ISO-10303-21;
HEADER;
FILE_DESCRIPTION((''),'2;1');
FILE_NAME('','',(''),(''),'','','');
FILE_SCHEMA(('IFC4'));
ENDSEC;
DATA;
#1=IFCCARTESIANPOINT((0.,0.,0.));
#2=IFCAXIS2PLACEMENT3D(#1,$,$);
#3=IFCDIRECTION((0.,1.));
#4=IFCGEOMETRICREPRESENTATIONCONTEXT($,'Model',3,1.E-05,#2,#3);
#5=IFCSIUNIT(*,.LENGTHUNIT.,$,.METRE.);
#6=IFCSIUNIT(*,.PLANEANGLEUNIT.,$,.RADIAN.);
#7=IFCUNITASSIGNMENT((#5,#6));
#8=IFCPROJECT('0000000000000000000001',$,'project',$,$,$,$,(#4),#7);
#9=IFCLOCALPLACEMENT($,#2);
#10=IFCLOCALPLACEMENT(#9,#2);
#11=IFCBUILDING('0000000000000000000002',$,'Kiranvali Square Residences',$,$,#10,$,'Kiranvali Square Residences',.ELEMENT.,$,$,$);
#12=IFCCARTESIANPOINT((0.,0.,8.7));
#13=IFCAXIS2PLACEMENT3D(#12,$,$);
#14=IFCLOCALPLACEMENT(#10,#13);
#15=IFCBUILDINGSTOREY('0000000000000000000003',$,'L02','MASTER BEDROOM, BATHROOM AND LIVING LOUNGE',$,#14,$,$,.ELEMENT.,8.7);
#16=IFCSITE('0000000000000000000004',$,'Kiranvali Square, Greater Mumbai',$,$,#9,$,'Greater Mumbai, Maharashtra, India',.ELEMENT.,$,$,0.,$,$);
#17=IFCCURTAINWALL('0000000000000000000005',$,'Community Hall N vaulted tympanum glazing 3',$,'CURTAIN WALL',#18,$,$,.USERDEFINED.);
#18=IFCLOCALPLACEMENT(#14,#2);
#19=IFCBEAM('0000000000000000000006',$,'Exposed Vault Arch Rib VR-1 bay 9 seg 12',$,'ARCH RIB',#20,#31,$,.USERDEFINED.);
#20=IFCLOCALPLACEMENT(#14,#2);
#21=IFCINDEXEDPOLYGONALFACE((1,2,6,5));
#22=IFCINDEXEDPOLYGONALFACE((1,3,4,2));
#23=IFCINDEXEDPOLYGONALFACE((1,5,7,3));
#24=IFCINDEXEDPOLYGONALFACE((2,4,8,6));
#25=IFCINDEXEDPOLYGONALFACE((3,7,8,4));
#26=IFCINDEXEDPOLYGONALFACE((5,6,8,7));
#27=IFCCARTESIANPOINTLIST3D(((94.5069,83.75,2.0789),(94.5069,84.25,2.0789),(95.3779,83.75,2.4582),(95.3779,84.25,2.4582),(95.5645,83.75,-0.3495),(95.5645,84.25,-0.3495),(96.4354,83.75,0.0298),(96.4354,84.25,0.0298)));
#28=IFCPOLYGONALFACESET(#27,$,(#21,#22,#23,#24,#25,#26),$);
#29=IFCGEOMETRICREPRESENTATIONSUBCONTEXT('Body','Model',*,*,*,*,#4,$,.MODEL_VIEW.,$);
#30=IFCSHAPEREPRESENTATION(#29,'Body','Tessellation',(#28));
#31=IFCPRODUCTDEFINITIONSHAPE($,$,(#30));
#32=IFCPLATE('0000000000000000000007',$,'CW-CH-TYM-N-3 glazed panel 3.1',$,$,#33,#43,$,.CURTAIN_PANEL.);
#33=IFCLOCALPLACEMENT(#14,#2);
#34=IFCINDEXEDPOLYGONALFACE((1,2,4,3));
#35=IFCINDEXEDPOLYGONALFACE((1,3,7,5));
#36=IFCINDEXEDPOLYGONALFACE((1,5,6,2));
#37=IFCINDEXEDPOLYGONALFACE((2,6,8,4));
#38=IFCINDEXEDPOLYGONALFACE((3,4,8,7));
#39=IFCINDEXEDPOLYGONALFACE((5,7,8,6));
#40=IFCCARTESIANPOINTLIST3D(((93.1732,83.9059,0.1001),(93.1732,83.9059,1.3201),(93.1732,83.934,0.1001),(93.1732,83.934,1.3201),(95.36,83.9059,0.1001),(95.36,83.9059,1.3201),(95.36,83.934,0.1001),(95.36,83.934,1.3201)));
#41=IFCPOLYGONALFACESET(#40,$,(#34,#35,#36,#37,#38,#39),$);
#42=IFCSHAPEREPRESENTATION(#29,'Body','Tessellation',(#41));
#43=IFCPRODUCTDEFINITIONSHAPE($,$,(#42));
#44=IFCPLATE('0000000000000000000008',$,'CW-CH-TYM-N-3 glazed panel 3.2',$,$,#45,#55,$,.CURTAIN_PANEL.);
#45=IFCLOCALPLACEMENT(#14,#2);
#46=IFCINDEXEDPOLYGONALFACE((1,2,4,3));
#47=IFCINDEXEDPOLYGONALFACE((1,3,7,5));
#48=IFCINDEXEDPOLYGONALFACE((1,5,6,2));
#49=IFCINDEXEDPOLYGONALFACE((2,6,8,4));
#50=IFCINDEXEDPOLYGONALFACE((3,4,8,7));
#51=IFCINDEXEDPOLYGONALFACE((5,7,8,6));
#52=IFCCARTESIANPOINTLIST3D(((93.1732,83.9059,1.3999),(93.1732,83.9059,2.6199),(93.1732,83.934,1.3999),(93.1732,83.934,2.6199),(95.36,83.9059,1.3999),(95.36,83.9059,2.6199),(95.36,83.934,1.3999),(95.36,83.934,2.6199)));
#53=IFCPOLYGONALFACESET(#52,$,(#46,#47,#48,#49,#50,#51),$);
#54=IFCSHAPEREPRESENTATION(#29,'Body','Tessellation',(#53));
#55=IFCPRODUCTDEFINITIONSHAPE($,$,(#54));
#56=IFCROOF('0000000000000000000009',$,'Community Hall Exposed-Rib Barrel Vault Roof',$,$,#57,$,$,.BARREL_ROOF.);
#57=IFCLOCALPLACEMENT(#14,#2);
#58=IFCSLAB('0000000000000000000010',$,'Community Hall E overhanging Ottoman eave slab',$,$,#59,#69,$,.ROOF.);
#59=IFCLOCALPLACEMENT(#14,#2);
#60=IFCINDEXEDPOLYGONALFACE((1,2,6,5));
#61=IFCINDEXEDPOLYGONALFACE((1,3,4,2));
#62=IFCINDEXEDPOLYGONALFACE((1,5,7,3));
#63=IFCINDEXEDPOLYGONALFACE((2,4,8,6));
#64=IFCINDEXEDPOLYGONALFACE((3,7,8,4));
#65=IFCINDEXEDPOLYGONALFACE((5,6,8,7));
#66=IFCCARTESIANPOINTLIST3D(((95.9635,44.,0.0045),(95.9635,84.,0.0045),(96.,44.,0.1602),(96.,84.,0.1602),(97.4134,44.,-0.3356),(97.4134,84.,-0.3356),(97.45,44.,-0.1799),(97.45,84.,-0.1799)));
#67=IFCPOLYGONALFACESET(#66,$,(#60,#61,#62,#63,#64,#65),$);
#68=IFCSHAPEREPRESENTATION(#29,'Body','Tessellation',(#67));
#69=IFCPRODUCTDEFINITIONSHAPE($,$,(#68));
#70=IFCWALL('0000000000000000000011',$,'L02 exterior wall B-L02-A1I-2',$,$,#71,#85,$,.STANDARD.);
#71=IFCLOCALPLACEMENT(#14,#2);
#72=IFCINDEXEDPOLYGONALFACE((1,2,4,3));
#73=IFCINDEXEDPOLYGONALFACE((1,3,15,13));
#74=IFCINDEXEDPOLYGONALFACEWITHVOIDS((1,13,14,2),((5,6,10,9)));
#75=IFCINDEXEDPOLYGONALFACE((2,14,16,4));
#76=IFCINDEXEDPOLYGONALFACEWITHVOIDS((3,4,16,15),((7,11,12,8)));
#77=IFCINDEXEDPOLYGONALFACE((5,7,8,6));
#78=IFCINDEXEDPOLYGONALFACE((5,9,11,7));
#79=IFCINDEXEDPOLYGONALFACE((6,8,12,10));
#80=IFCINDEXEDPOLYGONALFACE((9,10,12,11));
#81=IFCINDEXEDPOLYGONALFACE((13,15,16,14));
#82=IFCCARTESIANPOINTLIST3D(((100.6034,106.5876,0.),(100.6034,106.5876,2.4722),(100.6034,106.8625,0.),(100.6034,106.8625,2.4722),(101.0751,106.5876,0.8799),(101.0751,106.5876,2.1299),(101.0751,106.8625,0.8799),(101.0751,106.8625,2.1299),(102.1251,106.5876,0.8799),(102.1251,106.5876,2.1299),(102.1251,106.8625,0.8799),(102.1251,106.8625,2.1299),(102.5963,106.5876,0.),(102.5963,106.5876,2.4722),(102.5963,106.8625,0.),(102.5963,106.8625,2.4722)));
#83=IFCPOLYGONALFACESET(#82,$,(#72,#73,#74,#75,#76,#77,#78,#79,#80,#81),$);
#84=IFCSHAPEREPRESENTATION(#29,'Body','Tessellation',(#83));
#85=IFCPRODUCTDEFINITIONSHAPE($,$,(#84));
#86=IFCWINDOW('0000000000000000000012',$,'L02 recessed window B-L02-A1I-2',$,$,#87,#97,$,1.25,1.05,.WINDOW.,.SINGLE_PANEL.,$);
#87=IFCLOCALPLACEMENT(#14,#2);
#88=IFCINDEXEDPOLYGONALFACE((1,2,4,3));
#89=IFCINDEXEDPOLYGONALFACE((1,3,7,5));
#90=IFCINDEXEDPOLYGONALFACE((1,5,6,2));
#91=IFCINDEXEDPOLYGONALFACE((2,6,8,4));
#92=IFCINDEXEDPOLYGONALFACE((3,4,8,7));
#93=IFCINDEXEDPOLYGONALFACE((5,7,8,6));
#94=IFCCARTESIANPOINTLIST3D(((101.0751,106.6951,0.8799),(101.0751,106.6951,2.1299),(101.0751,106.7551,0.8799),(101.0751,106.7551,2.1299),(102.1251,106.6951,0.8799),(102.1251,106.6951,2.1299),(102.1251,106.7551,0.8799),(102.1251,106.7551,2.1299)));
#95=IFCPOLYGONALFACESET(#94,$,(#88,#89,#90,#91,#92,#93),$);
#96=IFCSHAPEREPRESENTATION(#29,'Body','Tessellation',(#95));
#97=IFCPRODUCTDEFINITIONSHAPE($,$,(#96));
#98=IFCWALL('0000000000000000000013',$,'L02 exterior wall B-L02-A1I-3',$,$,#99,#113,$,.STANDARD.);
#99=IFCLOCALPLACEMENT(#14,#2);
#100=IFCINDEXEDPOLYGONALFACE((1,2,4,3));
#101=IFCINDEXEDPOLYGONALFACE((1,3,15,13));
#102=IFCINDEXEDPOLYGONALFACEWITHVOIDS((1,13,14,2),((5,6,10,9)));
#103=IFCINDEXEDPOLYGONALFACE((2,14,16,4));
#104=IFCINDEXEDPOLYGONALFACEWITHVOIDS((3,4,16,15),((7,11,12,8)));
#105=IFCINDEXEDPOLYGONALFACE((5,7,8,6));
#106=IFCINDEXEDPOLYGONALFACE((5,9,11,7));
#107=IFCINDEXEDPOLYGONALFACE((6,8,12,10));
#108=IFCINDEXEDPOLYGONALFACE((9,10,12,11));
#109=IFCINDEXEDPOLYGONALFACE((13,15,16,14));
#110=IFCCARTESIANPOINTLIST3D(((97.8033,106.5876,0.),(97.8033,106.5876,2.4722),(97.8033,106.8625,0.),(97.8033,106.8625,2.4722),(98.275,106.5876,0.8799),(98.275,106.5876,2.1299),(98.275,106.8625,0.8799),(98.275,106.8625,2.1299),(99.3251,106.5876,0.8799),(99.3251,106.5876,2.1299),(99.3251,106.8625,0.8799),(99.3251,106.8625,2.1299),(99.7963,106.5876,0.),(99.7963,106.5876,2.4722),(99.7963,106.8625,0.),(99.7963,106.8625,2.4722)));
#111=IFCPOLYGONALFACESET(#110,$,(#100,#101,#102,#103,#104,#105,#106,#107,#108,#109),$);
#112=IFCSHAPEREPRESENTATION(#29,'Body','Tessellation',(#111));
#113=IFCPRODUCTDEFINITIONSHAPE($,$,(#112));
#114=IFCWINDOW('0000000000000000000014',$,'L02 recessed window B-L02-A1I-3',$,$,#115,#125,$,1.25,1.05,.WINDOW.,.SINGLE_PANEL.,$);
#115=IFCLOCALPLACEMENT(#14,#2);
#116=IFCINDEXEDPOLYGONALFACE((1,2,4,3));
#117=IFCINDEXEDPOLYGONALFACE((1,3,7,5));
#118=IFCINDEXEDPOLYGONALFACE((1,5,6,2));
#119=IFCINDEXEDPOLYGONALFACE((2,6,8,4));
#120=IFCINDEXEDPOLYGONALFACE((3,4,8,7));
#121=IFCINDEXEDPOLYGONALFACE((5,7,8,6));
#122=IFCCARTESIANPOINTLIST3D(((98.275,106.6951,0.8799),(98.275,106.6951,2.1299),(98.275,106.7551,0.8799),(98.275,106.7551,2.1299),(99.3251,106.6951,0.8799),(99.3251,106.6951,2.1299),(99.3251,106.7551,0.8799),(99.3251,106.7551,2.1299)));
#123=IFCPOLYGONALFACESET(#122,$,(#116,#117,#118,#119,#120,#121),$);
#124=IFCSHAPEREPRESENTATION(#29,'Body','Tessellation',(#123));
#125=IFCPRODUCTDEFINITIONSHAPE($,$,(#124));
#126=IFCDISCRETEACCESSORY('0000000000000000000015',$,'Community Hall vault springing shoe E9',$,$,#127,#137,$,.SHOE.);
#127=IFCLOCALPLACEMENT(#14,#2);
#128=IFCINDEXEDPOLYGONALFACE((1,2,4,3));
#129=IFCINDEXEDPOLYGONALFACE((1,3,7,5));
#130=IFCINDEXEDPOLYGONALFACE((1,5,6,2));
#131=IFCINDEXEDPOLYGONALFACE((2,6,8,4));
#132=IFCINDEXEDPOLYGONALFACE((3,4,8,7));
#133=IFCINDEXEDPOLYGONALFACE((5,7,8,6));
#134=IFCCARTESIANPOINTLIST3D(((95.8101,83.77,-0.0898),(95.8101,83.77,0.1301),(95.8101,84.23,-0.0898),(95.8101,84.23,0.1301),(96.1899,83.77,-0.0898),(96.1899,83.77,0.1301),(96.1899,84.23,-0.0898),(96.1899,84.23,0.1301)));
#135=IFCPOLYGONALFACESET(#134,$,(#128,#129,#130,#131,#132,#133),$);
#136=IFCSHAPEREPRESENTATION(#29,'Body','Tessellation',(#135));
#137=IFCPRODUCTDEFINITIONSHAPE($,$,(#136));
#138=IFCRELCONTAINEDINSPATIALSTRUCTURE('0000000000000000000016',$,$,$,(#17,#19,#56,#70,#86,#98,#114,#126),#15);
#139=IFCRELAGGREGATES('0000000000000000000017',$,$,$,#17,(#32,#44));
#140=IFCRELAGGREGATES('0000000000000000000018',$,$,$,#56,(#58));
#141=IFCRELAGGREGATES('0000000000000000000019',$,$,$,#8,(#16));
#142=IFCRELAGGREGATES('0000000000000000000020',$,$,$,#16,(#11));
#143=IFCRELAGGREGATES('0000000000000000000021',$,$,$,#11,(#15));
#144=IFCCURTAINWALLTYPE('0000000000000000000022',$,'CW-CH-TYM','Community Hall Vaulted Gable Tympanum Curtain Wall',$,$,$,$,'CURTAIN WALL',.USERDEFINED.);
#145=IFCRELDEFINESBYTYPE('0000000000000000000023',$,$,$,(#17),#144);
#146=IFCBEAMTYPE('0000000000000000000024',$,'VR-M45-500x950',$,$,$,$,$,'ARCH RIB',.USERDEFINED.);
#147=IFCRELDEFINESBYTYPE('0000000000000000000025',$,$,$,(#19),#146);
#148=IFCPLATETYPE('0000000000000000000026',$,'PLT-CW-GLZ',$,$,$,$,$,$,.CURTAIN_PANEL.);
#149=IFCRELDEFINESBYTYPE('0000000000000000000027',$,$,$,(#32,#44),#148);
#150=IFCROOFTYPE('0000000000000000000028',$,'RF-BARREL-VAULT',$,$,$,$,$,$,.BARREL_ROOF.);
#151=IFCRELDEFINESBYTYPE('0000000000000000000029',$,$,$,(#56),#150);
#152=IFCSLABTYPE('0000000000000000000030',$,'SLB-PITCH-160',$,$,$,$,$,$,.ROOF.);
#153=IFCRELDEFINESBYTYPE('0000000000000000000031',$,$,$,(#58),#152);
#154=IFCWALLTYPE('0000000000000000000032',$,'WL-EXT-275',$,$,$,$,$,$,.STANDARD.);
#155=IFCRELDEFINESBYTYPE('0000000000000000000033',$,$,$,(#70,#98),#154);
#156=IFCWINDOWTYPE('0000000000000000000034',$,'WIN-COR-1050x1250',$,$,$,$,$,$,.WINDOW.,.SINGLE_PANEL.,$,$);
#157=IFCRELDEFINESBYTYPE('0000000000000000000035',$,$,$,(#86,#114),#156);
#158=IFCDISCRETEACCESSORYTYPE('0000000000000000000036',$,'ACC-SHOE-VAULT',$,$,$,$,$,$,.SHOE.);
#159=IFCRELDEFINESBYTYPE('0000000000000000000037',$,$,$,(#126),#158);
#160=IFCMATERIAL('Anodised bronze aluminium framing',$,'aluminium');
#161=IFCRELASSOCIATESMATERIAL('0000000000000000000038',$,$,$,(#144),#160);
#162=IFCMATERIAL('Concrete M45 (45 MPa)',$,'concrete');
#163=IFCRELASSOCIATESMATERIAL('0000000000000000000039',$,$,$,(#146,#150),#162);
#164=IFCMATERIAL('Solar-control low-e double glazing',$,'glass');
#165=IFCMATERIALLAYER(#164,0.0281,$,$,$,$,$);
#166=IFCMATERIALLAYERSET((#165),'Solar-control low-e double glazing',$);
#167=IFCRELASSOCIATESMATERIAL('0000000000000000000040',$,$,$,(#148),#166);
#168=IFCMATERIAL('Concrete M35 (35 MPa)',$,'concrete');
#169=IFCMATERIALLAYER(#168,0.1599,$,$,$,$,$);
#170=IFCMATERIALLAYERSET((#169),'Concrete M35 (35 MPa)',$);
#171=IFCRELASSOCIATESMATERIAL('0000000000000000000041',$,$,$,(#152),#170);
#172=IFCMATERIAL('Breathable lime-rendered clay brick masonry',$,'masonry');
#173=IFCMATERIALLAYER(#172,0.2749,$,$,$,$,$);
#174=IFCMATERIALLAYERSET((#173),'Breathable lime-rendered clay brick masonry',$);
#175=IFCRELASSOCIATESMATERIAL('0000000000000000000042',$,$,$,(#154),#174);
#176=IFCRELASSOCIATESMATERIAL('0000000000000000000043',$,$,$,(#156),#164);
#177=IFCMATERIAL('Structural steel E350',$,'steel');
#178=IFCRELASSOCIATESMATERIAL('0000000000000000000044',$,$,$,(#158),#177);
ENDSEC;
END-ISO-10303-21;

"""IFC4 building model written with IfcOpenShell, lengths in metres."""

from ifc_helpers import new_model, si_unit, direction, frame, frame_2d, origin, origin_2d, place, context, subcontext, project, spatial, polyline, rectangle, outline, extrude, material, layer, layer_set, material_profile, profile_set, type_object, element, fill, aggregate, save


model = new_model("IFC4")

# Units and contexts
model_context = context("Model", 3, precision=1e-05, world=origin(), true_north=direction((0.0, 1.0)))
body_context = subcontext(model_context, "Body", "Model", "MODEL_VIEW")
ifc_project = project(units=[si_unit("LENGTHUNIT", "METRE"), si_unit("PLANEANGLEUNIT", "RADIAN")], contexts=[model_context])

# Site, building, storey
site_placement = place(None, origin())
site = spatial("IfcSite", under=ifc_project, at=site_placement, Name="Kiranvali Square, Greater Mumbai", LongName="Greater Mumbai, Maharashtra, India", CompositionType="ELEMENT", RefElevation=0.0)
building_placement = place(site_placement, origin())
building = spatial("IfcBuilding", under=site, at=building_placement, Name="Kiranvali Square Residences", LongName="Kiranvali Square Residences", CompositionType="ELEMENT")
storey_placement = place(building_placement, frame((0.0, 0.0, 8.7)))
storey = spatial("IfcBuildingStorey", under=building, at=storey_placement, Name="L02", Description="MASTER BEDROOM, BATHROOM AND LIVING LOUNGE", CompositionType="ELEMENT", Elevation=8.7)

# Curtain wall
ifc_material_1 = material(Name="Anodised bronze aluminium framing", Category="aluminium")
curtain_wall_type = type_object("IfcCurtainWallType", Name="CW-CH-TYM", Description="Community Hall Vaulted Gable Tympanum Curtain Wall", ElementType="CURTAIN WALL", PredefinedType="USERDEFINED", material=ifc_material_1)
curtain_wall_placement = place(storey_placement, origin())
curtain_wall = element("IfcCurtainWall", 1, at=curtain_wall_placement, inside=storey, type_object=curtain_wall_type, Name="Community Hall N vaulted tympanum glazing 3", ObjectType="CURTAIN WALL", PredefinedType="USERDEFINED")

# Beam
ifc_material_2 = material(Name="Structural steel E350", Category="steel")
ifc_material_3 = material(Name="Concrete M45 (45 MPa)", Category="concrete")
ifc_material_profile_1 = material_profile(ifc_material_3, rectangle(XDim=0.5, YDim=0.95, at=origin_2d()), Name="RC 500x950")
ifc_profile_set_1 = profile_set([ifc_material_profile_1], Name="Concrete M45 (45 MPa)")
beam_type_1 = type_object("IfcBeamType", Name="VR-M45-500x950", ElementType="ARCH RIB", PredefinedType="USERDEFINED", material=ifc_profile_set_1)
beam_1_placement = place(storey_placement, frame((94.9424, 84.0, 2.2686), z_axis=(0.399286, 0.0, -0.916827), x_axis=(0.0, 1.0, 0.0)))
element("IfcBeam", 2, at=beam_1_placement, inside=storey, type_object=beam_type_1, Name="Exposed Vault Arch Rib VR-1 bay 9 seg 12", ObjectType="ARCH RIB", PredefinedType="USERDEFINED", context=body_context, shape_type="SweptSolid", body=[
    extrude(rectangle(XDim=0.5, YDim=0.95, at=origin_2d()), origin(), (0.0, 0.0, 1.0), 2.6487),
])

# Plates
ifc_material_4 = material(Name="Solar-control low-e double glazing", Category="glass")
ifc_layer_1 = layer(ifc_material_4, 0.0281)
ifc_layer_set_1 = layer_set([ifc_layer_1], Name="Solar-control low-e double glazing")
plate_type = type_object("IfcPlateType", Name="PLT-CW-GLZ", PredefinedType="CURTAIN_PANEL", material=ifc_layer_set_1)
plate_1_placement = place(storey_placement, frame((94.2666, 83.9199, 0.1001), z_axis=(0.0, 0.0, 1.0), x_axis=(1.0, 0.0, 0.0)))
plate_1 = element("IfcPlate", 3, at=plate_1_placement, type_object=plate_type, Name="CW-CH-TYM-N-3 glazed panel 3.1", PredefinedType="CURTAIN_PANEL", context=body_context, shape_type="SweptSolid", body=[
    extrude(rectangle(XDim=2.1868, YDim=0.0281, at=origin_2d()), origin(), (0.0, 0.0, 1.0), 1.22),
])
plate_2_placement = place(storey_placement, frame((94.2666, 83.9199, 1.3999), z_axis=(0.0, 0.0, 1.0), x_axis=(1.0, 0.0, 0.0)))
plate_2 = element("IfcPlate", 4, at=plate_2_placement, type_object=plate_type, Name="CW-CH-TYM-N-3 glazed panel 3.2", PredefinedType="CURTAIN_PANEL", context=body_context, shape_type="SweptSolid", body=[
    extrude(rectangle(XDim=2.1868, YDim=0.0281, at=origin_2d()), origin(), (0.0, 0.0, 1.0), 1.22),
])
aggregate(curtain_wall, [plate_1, plate_2])

# Roof, slab
roof_type = type_object("IfcRoofType", Name="RF-BARREL-VAULT", PredefinedType="BARREL_ROOF", material=ifc_material_3)
roof_placement = place(storey_placement, origin())
roof = element("IfcRoof", 5, at=roof_placement, inside=storey, type_object=roof_type, Name="Community Hall Exposed-Rib Barrel Vault Roof", PredefinedType="BARREL_ROOF")
ifc_material_5 = material(Name="Concrete M35 (35 MPa)", Category="concrete")
ifc_layer_2 = layer(ifc_material_5, 0.1599)
ifc_layer_set_2 = layer_set([ifc_layer_2], Name="Concrete M35 (35 MPa)")
slab_type = type_object("IfcSlabType", Name="SLB-PITCH-160", PredefinedType="ROOF", material=ifc_layer_set_2)
slab_placement = place(storey_placement, frame((96.0, 84.0, 0.1602), z_axis=(0.228354, 0.0, 0.973578), x_axis=(0.0, -1.0, 0.0)))
slab = element("IfcSlab", 6, at=slab_placement, type_object=slab_type, Name="Community Hall E overhanging Ottoman eave slab", PredefinedType="ROOF", context=body_context, shape_type="SweptSolid", body=[
    extrude(outline(polyline([(0.0, 0.0), (40.0, 0.0), (40.0, 1.4893), (0.0, 1.4893), (0.0, 0.0)])), origin(), (0.0, 0.0, -1.0), 0.1599),
])
aggregate(roof, [slab])

# Walls, openings, windows
ifc_material_6 = material(Name="Breathable lime-rendered clay brick masonry", Category="masonry")
ifc_layer_3 = layer(ifc_material_6, 0.2749)
ifc_layer_set_3 = layer_set([ifc_layer_3], Name="Breathable lime-rendered clay brick masonry")
wall_type = type_object("IfcWallType", Name="WL-EXT-275", PredefinedType="STANDARD", material=ifc_layer_set_3)
wall_1_placement = place(storey_placement, frame((102.5964, 106.7251, 0.0), z_axis=(0.0, 0.0, 1.0), x_axis=(-1.0, 0.0, 0.0)))
wall_1 = element("IfcWall", 7, at=wall_1_placement, inside=storey, type_object=wall_type, Name="L02 exterior wall B-L02-A1I-2", PredefinedType="STANDARD", context=body_context, shape_type="SweptSolid", body=[
    extrude(rectangle(XDim=1.9929, YDim=0.2749, at=frame_2d((0.9966, 0.0))), origin(), (0.0, 0.0, 1.0), 2.4722),
])
opening_1_placement = place(wall_1_placement, frame((0.4714, 0.0, 0.8799)))
opening_1 = element("IfcOpeningElement", 8, at=opening_1_placement, cuts=wall_1, PredefinedType="OPENING", context=body_context, shape_type="SweptSolid", body=[
    extrude(rectangle(XDim=1.05, YDim=1.25, at=frame_2d((0.5249, 0.625))), frame((0.0, 0.1475, 0.0), z_axis=(0.0, -1.0, 0.0), x_axis=(1.0, 0.0, 0.0)), (0.0, 0.0, 1.0), 0.2949),
])
window_type = type_object("IfcWindowType", Name="WIN-COR-1050x1250", PartitioningType="SINGLE_PANEL", PredefinedType="WINDOW", material=ifc_material_4)
window_1_placement = place(opening_1_placement, origin())
window_1 = element("IfcWindow", 9, at=window_1_placement, inside=storey, type_object=window_type, Name="L02 recessed window B-L02-A1I-2", OverallHeight=1.25, OverallWidth=1.05, PartitioningType="SINGLE_PANEL", PredefinedType="WINDOW", context=body_context, shape_type="SweptSolid", body=[
    extrude(rectangle(XDim=1.05, YDim=1.25, at=frame_2d((0.5249, 0.625))), frame((0.0, 0.03, 0.0), z_axis=(0.0, -1.0, 0.0), x_axis=(1.0, 0.0, 0.0)), (0.0, 0.0, 1.0), 0.0601),
])
fill(opening_1, window_1)
wall_2_placement = place(storey_placement, frame((99.7964, 106.7251, 0.0), z_axis=(0.0, 0.0, 1.0), x_axis=(-1.0, 0.0, 0.0)))
wall_2 = element("IfcWall", 10, at=wall_2_placement, inside=storey, type_object=wall_type, Name="L02 exterior wall B-L02-A1I-3", PredefinedType="STANDARD", context=body_context, shape_type="SweptSolid", body=[
    extrude(rectangle(XDim=1.9929, YDim=0.2749, at=frame_2d((0.9966, 0.0))), origin(), (0.0, 0.0, 1.0), 2.4722),
])
opening_2_placement = place(wall_2_placement, frame((0.4714, 0.0, 0.8799)))
opening_2 = element("IfcOpeningElement", 11, at=opening_2_placement, cuts=wall_2, PredefinedType="OPENING", context=body_context, shape_type="SweptSolid", body=[
    extrude(rectangle(XDim=1.05, YDim=1.25, at=frame_2d((0.5249, 0.625))), frame((0.0, 0.1475, 0.0), z_axis=(0.0, -1.0, 0.0), x_axis=(1.0, 0.0, 0.0)), (0.0, 0.0, 1.0), 0.2949),
])
window_2_placement = place(opening_2_placement, origin())
window_2 = element("IfcWindow", 12, at=window_2_placement, inside=storey, type_object=window_type, Name="L02 recessed window B-L02-A1I-3", OverallHeight=1.25, OverallWidth=1.05, PartitioningType="SINGLE_PANEL", PredefinedType="WINDOW", context=body_context, shape_type="SweptSolid", body=[
    extrude(rectangle(XDim=1.05, YDim=1.25, at=frame_2d((0.5249, 0.625))), frame((0.0, 0.03, 0.0), z_axis=(0.0, -1.0, 0.0), x_axis=(1.0, 0.0, 0.0)), (0.0, 0.0, 1.0), 0.0601),
])
fill(opening_2, window_2)

# Discrete accessory
discrete_accessory_type = type_object("IfcDiscreteAccessoryType", Name="ACC-SHOE-VAULT", PredefinedType="SHOE", material=ifc_material_2)
discrete_accessory_placement = place(storey_placement, frame((96.0, 84.0, -0.0898), z_axis=(0.0, 0.0, 1.0), x_axis=(1.0, 0.0, 0.0)))
element("IfcDiscreteAccessory", 13, at=discrete_accessory_placement, inside=storey, type_object=discrete_accessory_type, Name="Community Hall vault springing shoe E9", PredefinedType="SHOE", context=body_context, shape_type="SweptSolid", body=[
    extrude(rectangle(XDim=0.3799, YDim=0.46, at=origin_2d()), origin(), (0.0, 0.0, 1.0), 0.22),
])

save(model, "model.ifc")
